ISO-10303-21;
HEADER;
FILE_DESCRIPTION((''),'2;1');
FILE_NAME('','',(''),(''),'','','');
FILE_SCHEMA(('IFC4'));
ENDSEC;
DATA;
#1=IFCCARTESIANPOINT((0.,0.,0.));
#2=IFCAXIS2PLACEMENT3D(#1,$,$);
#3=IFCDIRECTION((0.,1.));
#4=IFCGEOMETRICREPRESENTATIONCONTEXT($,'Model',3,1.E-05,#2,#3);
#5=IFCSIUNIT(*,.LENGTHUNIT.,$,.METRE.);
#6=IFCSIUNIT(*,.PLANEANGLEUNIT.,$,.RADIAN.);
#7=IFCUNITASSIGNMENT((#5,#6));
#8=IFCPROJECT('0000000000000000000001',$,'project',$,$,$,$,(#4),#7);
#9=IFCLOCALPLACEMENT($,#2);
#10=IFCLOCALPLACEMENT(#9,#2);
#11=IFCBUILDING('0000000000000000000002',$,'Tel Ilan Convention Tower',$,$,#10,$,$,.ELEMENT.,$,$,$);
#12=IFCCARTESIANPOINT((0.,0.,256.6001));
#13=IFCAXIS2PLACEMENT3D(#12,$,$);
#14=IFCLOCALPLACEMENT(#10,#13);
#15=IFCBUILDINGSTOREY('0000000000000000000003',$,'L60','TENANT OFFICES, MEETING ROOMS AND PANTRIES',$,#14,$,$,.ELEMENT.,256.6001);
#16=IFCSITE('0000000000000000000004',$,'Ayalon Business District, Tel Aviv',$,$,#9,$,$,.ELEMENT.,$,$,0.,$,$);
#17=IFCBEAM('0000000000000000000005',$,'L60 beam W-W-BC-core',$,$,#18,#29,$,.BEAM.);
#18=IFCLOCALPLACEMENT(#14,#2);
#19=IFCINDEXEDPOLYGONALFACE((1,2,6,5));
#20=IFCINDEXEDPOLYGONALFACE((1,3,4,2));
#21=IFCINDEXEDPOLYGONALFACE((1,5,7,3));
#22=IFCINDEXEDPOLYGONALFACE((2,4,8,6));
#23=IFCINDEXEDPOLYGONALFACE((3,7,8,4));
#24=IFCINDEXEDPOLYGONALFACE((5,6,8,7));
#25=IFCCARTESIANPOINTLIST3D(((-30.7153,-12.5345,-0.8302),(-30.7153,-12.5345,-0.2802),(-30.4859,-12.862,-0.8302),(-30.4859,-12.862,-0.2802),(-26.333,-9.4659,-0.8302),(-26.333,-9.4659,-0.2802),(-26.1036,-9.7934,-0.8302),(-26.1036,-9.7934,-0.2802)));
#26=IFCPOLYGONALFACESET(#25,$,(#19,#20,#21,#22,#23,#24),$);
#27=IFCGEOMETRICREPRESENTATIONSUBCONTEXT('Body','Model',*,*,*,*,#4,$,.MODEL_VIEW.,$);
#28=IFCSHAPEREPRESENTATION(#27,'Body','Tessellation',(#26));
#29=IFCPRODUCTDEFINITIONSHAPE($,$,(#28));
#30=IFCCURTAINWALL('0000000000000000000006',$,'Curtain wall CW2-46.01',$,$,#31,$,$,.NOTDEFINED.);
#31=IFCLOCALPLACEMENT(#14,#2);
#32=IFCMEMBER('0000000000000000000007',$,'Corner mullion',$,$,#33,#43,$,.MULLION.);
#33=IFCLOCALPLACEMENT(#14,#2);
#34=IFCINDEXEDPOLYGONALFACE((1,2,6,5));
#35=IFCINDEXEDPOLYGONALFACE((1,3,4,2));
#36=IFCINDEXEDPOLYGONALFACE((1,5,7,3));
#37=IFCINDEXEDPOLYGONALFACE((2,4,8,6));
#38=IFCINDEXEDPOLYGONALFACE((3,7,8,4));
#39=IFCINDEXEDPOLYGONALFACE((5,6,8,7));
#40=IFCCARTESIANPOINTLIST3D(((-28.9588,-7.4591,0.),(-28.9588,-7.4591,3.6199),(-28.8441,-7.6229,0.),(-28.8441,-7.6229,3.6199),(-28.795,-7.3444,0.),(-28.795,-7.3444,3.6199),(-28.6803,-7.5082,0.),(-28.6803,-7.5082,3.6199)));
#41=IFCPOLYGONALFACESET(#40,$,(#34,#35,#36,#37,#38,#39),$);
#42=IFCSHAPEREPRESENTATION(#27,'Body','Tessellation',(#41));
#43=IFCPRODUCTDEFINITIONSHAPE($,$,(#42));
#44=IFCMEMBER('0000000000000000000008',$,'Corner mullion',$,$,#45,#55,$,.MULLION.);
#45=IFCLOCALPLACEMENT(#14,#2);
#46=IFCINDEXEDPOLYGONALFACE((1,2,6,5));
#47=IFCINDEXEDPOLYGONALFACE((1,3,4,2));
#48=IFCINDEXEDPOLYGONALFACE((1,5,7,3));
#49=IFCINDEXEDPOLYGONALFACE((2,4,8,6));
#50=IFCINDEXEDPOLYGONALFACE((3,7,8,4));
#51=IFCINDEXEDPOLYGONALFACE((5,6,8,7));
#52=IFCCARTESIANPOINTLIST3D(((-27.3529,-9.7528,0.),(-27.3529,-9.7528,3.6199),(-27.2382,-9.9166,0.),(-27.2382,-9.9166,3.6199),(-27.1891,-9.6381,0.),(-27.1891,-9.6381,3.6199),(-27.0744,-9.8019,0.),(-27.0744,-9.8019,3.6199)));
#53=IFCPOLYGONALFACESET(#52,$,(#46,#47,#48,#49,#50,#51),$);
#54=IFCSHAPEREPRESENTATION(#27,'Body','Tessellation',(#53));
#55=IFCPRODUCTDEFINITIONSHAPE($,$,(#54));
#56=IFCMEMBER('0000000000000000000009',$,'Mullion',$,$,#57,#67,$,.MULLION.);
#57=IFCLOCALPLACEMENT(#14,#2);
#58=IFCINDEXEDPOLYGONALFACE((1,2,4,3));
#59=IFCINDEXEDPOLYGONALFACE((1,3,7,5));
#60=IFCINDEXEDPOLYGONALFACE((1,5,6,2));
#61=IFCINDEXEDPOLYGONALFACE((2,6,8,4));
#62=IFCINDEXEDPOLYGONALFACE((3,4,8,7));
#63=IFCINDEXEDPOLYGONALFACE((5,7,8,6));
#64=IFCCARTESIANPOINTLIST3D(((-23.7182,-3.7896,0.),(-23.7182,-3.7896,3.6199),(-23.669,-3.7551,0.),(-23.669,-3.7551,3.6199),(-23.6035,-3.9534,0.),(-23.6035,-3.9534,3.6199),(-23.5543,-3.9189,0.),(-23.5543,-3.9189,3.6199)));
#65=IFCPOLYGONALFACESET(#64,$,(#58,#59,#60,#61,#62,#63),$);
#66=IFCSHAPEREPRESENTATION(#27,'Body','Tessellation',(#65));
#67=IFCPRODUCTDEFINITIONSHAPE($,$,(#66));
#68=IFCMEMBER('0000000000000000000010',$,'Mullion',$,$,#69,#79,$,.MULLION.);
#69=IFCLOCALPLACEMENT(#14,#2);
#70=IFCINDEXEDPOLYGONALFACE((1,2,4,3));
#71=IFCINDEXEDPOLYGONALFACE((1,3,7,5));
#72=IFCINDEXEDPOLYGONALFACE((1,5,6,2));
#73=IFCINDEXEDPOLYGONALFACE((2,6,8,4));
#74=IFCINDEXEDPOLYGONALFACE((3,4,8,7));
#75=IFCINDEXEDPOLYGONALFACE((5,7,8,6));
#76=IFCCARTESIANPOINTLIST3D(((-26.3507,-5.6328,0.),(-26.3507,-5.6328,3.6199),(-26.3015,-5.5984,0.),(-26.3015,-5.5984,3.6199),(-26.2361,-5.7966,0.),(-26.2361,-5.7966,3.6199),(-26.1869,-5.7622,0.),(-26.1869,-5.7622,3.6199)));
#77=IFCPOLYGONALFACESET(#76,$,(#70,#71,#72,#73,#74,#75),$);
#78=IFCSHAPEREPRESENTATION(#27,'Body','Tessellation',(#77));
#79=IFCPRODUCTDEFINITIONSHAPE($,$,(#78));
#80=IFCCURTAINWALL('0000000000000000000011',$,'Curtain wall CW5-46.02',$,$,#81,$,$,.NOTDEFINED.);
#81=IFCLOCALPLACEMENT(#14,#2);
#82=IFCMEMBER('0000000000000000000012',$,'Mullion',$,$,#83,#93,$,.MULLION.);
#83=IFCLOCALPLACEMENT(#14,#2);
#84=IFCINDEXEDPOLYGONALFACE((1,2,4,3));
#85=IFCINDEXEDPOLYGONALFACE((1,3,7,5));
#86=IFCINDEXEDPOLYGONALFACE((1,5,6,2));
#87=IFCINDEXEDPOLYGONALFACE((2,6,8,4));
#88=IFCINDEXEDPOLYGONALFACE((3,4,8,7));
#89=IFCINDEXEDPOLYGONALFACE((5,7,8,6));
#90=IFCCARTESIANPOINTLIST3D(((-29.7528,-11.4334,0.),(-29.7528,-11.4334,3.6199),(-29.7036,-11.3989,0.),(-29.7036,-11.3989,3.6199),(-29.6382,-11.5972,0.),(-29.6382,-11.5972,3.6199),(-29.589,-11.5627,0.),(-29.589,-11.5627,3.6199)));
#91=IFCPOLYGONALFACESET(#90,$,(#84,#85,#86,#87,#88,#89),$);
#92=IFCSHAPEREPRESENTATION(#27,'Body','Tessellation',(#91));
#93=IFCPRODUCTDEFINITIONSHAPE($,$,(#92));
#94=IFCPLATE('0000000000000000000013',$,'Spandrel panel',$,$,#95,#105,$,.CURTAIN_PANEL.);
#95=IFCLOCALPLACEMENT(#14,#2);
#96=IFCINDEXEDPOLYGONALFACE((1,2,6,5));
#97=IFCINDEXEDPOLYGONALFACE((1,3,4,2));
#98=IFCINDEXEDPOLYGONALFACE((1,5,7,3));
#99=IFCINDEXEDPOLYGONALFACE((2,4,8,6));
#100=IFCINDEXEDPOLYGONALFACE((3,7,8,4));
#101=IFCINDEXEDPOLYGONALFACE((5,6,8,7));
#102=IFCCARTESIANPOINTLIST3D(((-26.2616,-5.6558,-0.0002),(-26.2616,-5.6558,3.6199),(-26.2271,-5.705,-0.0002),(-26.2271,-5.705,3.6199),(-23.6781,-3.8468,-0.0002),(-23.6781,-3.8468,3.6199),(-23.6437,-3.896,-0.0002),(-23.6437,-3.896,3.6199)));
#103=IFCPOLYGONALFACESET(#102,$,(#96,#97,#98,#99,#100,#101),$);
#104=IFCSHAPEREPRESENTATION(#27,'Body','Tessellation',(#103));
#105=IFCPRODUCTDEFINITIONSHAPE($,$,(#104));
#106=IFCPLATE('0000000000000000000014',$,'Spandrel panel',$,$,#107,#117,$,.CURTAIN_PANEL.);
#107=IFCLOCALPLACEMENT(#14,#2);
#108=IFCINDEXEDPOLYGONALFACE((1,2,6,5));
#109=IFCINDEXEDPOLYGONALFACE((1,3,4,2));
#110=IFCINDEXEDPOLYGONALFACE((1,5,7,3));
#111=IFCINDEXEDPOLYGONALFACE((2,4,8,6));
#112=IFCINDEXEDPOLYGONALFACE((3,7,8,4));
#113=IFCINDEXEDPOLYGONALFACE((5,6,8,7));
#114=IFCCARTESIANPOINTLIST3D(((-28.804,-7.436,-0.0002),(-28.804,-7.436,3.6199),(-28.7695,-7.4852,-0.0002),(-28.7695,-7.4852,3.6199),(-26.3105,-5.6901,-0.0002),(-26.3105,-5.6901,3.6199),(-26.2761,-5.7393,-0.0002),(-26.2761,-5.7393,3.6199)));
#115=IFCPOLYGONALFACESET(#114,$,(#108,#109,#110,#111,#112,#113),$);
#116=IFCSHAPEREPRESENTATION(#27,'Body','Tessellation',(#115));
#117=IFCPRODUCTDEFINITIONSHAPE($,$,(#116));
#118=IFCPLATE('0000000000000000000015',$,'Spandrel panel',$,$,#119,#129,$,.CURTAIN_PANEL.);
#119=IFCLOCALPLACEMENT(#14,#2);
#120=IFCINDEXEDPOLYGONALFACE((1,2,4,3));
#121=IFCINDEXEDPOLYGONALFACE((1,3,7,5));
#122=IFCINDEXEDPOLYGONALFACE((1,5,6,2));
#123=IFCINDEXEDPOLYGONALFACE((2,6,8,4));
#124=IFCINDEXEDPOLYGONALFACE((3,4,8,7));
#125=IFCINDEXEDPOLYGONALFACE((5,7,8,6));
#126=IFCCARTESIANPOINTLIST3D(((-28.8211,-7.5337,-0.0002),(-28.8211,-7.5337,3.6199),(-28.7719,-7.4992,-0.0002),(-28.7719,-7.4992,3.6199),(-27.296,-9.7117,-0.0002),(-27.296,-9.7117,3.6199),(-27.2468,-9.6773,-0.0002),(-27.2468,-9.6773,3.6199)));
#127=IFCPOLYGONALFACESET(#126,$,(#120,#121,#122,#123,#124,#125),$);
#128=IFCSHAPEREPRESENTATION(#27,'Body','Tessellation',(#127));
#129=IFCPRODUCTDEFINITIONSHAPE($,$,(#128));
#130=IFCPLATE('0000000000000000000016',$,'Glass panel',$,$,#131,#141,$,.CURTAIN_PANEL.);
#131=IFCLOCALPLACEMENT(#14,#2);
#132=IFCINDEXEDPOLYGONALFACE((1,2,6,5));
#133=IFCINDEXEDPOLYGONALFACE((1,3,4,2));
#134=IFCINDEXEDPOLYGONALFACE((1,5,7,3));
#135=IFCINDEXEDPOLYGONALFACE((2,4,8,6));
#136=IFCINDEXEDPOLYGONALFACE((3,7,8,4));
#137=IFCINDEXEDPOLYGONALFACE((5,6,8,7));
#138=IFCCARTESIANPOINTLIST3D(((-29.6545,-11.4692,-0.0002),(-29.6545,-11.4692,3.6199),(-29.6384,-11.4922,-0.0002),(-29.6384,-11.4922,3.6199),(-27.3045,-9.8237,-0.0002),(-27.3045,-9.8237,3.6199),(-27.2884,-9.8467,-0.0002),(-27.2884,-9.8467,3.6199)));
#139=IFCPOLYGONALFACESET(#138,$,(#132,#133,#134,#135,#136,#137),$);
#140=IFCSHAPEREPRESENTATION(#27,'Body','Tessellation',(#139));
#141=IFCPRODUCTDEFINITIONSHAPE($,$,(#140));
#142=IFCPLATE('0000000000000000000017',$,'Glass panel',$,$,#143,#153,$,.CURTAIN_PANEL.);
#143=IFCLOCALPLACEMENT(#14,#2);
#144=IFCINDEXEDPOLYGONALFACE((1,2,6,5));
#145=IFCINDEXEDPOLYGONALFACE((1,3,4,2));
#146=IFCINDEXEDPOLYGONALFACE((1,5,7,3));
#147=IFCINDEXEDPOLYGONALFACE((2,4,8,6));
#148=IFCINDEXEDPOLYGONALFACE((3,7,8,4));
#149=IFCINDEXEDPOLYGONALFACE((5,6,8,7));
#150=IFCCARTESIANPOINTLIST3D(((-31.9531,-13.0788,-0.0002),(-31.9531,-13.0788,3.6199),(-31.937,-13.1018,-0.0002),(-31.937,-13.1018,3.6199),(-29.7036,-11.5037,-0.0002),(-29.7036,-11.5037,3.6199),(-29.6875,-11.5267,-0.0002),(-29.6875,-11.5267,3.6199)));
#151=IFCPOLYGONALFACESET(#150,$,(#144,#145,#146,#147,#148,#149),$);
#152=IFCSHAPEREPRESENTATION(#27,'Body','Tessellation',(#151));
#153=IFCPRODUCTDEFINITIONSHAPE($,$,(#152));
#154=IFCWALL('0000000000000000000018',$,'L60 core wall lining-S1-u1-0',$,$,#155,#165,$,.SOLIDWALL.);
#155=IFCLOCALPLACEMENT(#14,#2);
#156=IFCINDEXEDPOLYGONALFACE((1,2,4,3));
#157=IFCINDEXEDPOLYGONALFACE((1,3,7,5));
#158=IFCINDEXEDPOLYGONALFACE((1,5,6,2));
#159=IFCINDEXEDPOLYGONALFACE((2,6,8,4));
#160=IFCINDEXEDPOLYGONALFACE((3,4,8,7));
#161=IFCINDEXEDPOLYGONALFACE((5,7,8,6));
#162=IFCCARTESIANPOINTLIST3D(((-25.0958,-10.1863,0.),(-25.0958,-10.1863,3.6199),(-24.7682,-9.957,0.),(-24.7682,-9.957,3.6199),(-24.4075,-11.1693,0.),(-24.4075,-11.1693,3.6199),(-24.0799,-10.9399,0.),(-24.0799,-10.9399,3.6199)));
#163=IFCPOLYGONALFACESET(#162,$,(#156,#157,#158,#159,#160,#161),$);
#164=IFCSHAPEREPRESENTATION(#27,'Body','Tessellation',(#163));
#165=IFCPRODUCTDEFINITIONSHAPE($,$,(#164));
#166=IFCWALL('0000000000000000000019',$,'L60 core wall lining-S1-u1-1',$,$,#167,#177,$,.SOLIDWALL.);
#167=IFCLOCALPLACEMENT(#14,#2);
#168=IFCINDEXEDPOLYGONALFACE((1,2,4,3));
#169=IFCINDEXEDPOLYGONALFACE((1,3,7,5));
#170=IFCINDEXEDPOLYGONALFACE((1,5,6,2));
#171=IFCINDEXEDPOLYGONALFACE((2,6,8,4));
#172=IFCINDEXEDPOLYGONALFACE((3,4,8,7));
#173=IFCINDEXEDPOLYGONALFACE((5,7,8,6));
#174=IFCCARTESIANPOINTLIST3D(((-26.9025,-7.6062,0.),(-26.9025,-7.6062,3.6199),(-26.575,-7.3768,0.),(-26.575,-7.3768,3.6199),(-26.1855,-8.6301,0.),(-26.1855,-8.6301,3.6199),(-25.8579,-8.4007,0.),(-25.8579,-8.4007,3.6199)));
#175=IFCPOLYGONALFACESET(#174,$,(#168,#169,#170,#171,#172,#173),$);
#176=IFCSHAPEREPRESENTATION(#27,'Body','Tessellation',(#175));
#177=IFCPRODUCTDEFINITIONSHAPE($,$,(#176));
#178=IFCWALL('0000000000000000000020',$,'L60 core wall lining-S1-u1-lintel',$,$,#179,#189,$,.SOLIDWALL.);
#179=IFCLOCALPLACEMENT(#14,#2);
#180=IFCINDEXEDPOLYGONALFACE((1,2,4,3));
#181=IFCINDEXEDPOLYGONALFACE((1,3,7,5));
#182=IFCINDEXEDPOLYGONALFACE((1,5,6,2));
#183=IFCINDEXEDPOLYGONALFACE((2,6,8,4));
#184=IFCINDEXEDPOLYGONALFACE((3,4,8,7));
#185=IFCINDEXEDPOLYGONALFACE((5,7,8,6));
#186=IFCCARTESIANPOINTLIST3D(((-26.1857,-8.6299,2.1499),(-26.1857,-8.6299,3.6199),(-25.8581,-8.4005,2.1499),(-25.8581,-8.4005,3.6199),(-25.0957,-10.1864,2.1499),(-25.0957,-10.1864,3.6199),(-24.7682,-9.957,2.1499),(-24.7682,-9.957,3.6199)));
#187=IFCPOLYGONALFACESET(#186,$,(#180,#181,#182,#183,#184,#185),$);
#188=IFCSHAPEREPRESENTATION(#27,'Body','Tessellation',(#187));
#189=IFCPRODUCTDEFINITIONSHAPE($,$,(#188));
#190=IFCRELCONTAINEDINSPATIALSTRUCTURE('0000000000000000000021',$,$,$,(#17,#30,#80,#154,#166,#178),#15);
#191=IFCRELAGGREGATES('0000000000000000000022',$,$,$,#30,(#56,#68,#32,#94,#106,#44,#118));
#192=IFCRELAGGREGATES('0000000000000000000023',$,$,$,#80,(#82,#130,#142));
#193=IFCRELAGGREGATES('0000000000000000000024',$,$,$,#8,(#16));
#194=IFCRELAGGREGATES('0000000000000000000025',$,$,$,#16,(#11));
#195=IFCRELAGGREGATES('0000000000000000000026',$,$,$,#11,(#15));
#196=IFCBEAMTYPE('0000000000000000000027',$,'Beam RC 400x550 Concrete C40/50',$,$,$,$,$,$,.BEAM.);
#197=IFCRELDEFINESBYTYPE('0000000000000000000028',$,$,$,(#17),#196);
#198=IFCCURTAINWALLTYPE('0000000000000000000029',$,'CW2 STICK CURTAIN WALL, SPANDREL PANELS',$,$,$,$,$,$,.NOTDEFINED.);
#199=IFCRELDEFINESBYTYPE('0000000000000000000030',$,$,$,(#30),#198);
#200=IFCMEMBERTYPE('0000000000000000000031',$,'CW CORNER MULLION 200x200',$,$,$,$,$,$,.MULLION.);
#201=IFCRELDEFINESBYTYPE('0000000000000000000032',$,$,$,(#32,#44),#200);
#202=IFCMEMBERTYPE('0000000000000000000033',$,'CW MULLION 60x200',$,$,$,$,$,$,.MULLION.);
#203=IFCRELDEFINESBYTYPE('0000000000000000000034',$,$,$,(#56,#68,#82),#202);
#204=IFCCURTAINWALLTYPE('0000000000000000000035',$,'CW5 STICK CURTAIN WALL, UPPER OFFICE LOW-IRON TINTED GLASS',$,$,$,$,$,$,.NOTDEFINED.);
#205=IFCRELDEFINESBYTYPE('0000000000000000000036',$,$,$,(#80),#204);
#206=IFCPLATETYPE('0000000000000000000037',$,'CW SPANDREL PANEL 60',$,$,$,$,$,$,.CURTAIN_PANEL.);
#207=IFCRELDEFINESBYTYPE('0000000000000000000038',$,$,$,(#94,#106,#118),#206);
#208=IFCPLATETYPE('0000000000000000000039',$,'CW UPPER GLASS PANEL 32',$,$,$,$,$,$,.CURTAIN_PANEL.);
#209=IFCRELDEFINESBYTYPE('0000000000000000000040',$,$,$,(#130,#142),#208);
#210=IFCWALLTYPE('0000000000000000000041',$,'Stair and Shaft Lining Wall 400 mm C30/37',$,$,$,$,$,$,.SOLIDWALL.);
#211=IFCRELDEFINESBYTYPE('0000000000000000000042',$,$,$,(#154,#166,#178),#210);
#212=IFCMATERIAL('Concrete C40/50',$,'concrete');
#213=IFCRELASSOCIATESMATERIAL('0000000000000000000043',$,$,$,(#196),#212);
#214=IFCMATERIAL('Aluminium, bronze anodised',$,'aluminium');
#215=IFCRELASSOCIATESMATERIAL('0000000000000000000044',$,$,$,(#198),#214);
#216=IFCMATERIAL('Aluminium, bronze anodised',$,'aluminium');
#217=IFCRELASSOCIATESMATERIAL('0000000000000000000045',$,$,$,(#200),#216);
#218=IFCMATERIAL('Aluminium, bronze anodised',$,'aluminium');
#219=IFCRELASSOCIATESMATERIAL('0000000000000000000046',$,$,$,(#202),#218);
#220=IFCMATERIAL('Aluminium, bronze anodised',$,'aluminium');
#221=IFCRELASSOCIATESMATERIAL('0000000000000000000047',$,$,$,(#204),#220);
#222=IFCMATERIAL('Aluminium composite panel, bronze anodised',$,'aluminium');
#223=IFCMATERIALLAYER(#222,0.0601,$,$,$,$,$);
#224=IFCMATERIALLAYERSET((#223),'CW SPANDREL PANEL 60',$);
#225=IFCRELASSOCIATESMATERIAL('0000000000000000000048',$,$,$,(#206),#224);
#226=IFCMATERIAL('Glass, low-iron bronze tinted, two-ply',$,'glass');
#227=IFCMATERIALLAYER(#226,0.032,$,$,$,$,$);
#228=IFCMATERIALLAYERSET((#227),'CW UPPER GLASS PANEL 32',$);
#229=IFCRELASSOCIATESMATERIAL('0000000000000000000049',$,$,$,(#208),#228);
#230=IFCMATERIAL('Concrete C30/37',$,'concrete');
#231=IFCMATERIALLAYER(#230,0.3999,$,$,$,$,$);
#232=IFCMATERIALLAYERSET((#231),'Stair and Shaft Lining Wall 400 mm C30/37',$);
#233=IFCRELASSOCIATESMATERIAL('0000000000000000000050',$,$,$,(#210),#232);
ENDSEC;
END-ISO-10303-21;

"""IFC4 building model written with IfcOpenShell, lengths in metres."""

from ifc_helpers import new_model, si_unit, direction, frame, frame_2d, origin, origin_2d, place, context, subcontext, project, spatial, rectangle, extrude, material, layer, layer_set, material_profile, profile_set, type_object, element, aggregate, save


model = new_model("IFC4")

# Units and contexts
model_context = context("Model", 3, precision=1e-05, world=origin(), true_north=direction((0.0, 1.0)))
body_context = subcontext(model_context, "Body", "Model", "MODEL_VIEW")
ifc_project = project(units=[si_unit("LENGTHUNIT", "METRE"), si_unit("PLANEANGLEUNIT", "RADIAN")], contexts=[model_context])

# Site, building, storey
site_placement = place(None, origin())
site = spatial("IfcSite", under=ifc_project, at=site_placement, Name="Ayalon Business District, Tel Aviv", CompositionType="ELEMENT", RefElevation=0.0)
building_placement = place(site_placement, origin())
building = spatial("IfcBuilding", under=site, at=building_placement, Name="Tel Ilan Convention Tower", CompositionType="ELEMENT")
storey_placement = place(building_placement, frame((0.0, 0.0, 256.6001)))
storey = spatial("IfcBuildingStorey", under=building, at=storey_placement, Name="L60", Description="TENANT OFFICES, MEETING ROOMS AND PANTRIES", CompositionType="ELEMENT", Elevation=256.6001)

# Beam
ifc_material_1 = material(Name="Concrete C40/50", Category="concrete")
ifc_material_profile_1 = material_profile(ifc_material_1, rectangle(XDim=0.3999, YDim=0.55, at=origin_2d()), Name="RC 400x550")
ifc_profile_set_1 = profile_set([ifc_material_profile_1], Name="Concrete C40/50")
beam_type = type_object("IfcBeamType", Name="Beam RC 400x550 Concrete C40/50", PredefinedType="BEAM", material=ifc_profile_set_1)
beam_placement = place(storey_placement, frame((-30.6006, -12.6982, -0.5552), z_axis=(0.819146, 0.573585, 0.0), x_axis=(-0.573585, 0.819146, 0.0)))
element("IfcBeam", 1, at=beam_placement, inside=storey, type_object=beam_type, Name="L60 beam W-W-BC-core", PredefinedType="BEAM", context=body_context, shape_type="SweptSolid", body=[
    extrude(rectangle(XDim=0.3999, YDim=0.55, at=origin_2d()), origin(), (0.0, 0.0, 1.0), 5.3499),
])

# Curtain wall, members
ifc_material_2 = material(Name="Aluminium, bronze anodised", Category="aluminium")
curtain_wall_type_1 = type_object("IfcCurtainWallType", Name="CW2 STICK CURTAIN WALL, SPANDREL PANELS", PredefinedType="NOTDEFINED", material=ifc_material_2)
curtain_wall_1_placement = place(storey_placement, origin())
curtain_wall_1 = element("IfcCurtainWall", 2, at=curtain_wall_1_placement, inside=storey, type_object=curtain_wall_type_1, Name="Curtain wall CW2-46.01", PredefinedType="NOTDEFINED")
ifc_material_3 = material(Name="Aluminium, bronze anodised", Category="aluminium")
ifc_material_profile_2 = material_profile(ifc_material_3, rectangle(XDim=0.2, YDim=0.2, at=origin_2d()), Name="CW CORNER MULLION 200x200")
ifc_profile_set_2 = profile_set([ifc_material_profile_2], Name="Aluminium, bronze anodised")
member_type_1 = type_object("IfcMemberType", Name="CW CORNER MULLION 200x200", PredefinedType="MULLION", material=ifc_profile_set_2)
member_1_placement = place(storey_placement, frame((-28.8196, -7.4836, 0.0), z_axis=(0.0, 0.0, 1.0), x_axis=(-0.819152, -0.573576, 0.0)))
member_1 = element("IfcMember", 3, at=member_1_placement, type_object=member_type_1, Name="Corner mullion", PredefinedType="MULLION", context=body_context, shape_type="SweptSolid", body=[
    extrude(rectangle(XDim=0.2, YDim=0.2, at=origin_2d()), origin(), (0.0, 0.0, 1.0), 3.6199),
])
member_2_placement = place(storey_placement, frame((-27.2136, -9.7773, 0.0), z_axis=(0.0, 0.0, 1.0), x_axis=(0.573576, -0.819152, 0.0)))
member_2 = element("IfcMember", 4, at=member_2_placement, type_object=member_type_1, Name="Corner mullion", PredefinedType="MULLION", context=body_context, shape_type="SweptSolid", body=[
    extrude(rectangle(XDim=0.2, YDim=0.2, at=origin_2d()), origin(), (0.0, 0.0, 1.0), 3.6199),
])
ifc_material_4 = material(Name="Aluminium, bronze anodised", Category="aluminium")
ifc_material_profile_3 = material_profile(ifc_material_4, rectangle(XDim=0.0601, YDim=0.2, at=origin_2d()), Name="CW MULLION 60x200")
ifc_profile_set_3 = profile_set([ifc_material_profile_3], Name="Aluminium, bronze anodised")
member_type_2 = type_object("IfcMemberType", Name="CW MULLION 60x200", PredefinedType="MULLION", material=ifc_profile_set_3)
member_3_placement = place(storey_placement, frame((-23.6362, -3.8542, 0.0), z_axis=(0.0, 0.0, 1.0), x_axis=(-0.819152, -0.573576, 0.0)))
member_3 = element("IfcMember", 5, at=member_3_placement, type_object=member_type_2, Name="Mullion", PredefinedType="MULLION", context=body_context, shape_type="SweptSolid", body=[
    extrude(rectangle(XDim=0.0601, YDim=0.2, at=origin_2d()), origin(), (0.0, 0.0, 1.0), 3.6199),
])
member_4_placement = place(storey_placement, frame((-26.2688, -5.6975, 0.0), z_axis=(0.0, 0.0, 1.0), x_axis=(-0.819152, -0.573576, 0.0)))
member_4 = element("IfcMember", 6, at=member_4_placement, type_object=member_type_2, Name="Mullion", PredefinedType="MULLION", context=body_context, shape_type="SweptSolid", body=[
    extrude(rectangle(XDim=0.0601, YDim=0.2, at=origin_2d()), origin(), (0.0, 0.0, 1.0), 3.6199),
])

# Curtain wall, member
ifc_material_5 = material(Name="Aluminium, bronze anodised", Category="aluminium")
curtain_wall_type_2 = type_object("IfcCurtainWallType", Name="CW5 STICK CURTAIN WALL, UPPER OFFICE LOW-IRON TINTED GLASS", PredefinedType="NOTDEFINED", material=ifc_material_5)
curtain_wall_2_placement = place(storey_placement, origin())
curtain_wall_2 = element("IfcCurtainWall", 7, at=curtain_wall_2_placement, inside=storey, type_object=curtain_wall_type_2, Name="Curtain wall CW5-46.02", PredefinedType="NOTDEFINED")
member_5_placement = place(storey_placement, frame((-29.6709, -11.498, 0.0), z_axis=(0.0, 0.0, 1.0), x_axis=(-0.819152, -0.573576, 0.0)))
member_5 = element("IfcMember", 8, at=member_5_placement, type_object=member_type_2, Name="Mullion", PredefinedType="MULLION", context=body_context, shape_type="SweptSolid", body=[
    extrude(rectangle(XDim=0.0601, YDim=0.2, at=origin_2d()), origin(), (0.0, 0.0, 1.0), 3.6199),
])

# Plates
ifc_material_6 = material(Name="Aluminium composite panel, bronze anodised", Category="aluminium")
ifc_layer_1 = layer(ifc_material_6, 0.0601)
ifc_layer_set_1 = layer_set([ifc_layer_1], Name="CW SPANDREL PANEL 60")
plate_type_1 = type_object("IfcPlateType", Name="CW SPANDREL PANEL 60", PredefinedType="CURTAIN_PANEL", material=ifc_layer_set_1)
plate_1_placement = place(storey_placement, frame((-24.9526, -4.7759, -0.0002), z_axis=(0.0, 0.0, 1.0), x_axis=(-0.819152, -0.573576, 0.0)))
plate_1 = element("IfcPlate", 9, at=plate_1_placement, type_object=plate_type_1, Name="Spandrel panel", PredefinedType="CURTAIN_PANEL", context=body_context, shape_type="SweptSolid", body=[
    extrude(rectangle(XDim=3.1538, YDim=0.0601, at=origin_2d()), origin(), (0.0, 0.0, 1.0), 3.6201),
])
plate_2_placement = place(storey_placement, frame((-27.54, -6.5876, -0.0002), z_axis=(0.0, 0.0, 1.0), x_axis=(-0.819152, -0.573576, 0.0)))
plate_2 = element("IfcPlate", 10, at=plate_2_placement, type_object=plate_type_1, Name="Spandrel panel", PredefinedType="CURTAIN_PANEL", context=body_context, shape_type="SweptSolid", body=[
    extrude(rectangle(XDim=3.0439, YDim=0.0601, at=origin_2d()), origin(), (0.0, 0.0, 1.0), 3.6201),
])
plate_3_placement = place(storey_placement, frame((-28.0339, -8.6055, -0.0002), z_axis=(0.0, 0.0, 1.0), x_axis=(0.573576, -0.819152, 0.0)))
plate_3 = element("IfcPlate", 11, at=plate_3_placement, type_object=plate_type_1, Name="Spandrel panel", PredefinedType="CURTAIN_PANEL", context=body_context, shape_type="SweptSolid", body=[
    extrude(rectangle(XDim=2.6589, YDim=0.0601, at=origin_2d()), origin(), (0.0, 0.0, 1.0), 3.6201),
])
aggregate(curtain_wall_1, [member_3, member_4, member_1, plate_1, plate_2, member_2, plate_3])
ifc_material_7 = material(Name="Glass, low-iron bronze tinted, two-ply", Category="glass")
ifc_layer_2 = layer(ifc_material_7, 0.032)
ifc_layer_set_2 = layer_set([ifc_layer_2], Name="CW UPPER GLASS PANEL 32")
plate_type_2 = type_object("IfcPlateType", Name="CW UPPER GLASS PANEL 32", PredefinedType="CURTAIN_PANEL", material=ifc_layer_set_2)
plate_4_placement = place(storey_placement, frame((-28.4714, -10.658, -0.0002), z_axis=(0.0, 0.0, 1.0), x_axis=(-0.819152, -0.573576, 0.0)))
plate_4 = element("IfcPlate", 12, at=plate_4_placement, type_object=plate_type_2, Name="Glass panel", PredefinedType="CURTAIN_PANEL", context=body_context, shape_type="SweptSolid", body=[
    extrude(rectangle(XDim=2.8689, YDim=0.0281, at=origin_2d()), origin(), (0.0, 0.0, 1.0), 3.6201),
])
plate_5_placement = place(storey_placement, frame((-30.8203, -12.3027, -0.0002), z_axis=(0.0, 0.0, 1.0), x_axis=(-0.819152, -0.573576, 0.0)))
plate_5 = element("IfcPlate", 13, at=plate_5_placement, type_object=plate_type_2, Name="Glass panel", PredefinedType="CURTAIN_PANEL", context=body_context, shape_type="SweptSolid", body=[
    extrude(rectangle(XDim=2.7461, YDim=0.0281, at=origin_2d()), origin(), (0.0, 0.0, 1.0), 3.6201),
])
aggregate(curtain_wall_2, [member_5, plate_4, plate_5])

# Walls
ifc_material_8 = material(Name="Concrete C30/37", Category="concrete")
ifc_layer_3 = layer(ifc_material_8, 0.3999)
ifc_layer_set_3 = layer_set([ifc_layer_3], Name="Stair and Shaft Lining Wall 400 mm C30/37")
wall_type = type_object("IfcWallType", Name="Stair and Shaft Lining Wall 400 mm C30/37", PredefinedType="SOLIDWALL", material=ifc_layer_set_3)
wall_1_placement = place(storey_placement, frame((-24.2437, -11.0547, 0.0), z_axis=(0.0, 0.0, 1.0), x_axis=(-0.573572, 0.819155, 0.0)))
element("IfcWall", 14, at=wall_1_placement, inside=storey, type_object=wall_type, Name="L60 core wall lining-S1-u1-0", PredefinedType="SOLIDWALL", context=body_context, shape_type="SweptSolid", body=[
    extrude(rectangle(XDim=1.2, YDim=0.3999, at=frame_2d((0.6001, 0.0))), origin(), (0.0, 0.0, 1.0), 3.6199),
])
wall_2_placement = place(storey_placement, frame((-26.0217, -8.5154, 0.0), z_axis=(0.0, 0.0, 1.0), x_axis=(-0.57362, 0.819122, 0.0)))
element("IfcWall", 15, at=wall_2_placement, inside=storey, type_object=wall_type, Name="L60 core wall lining-S1-u1-1", PredefinedType="SOLIDWALL", context=body_context, shape_type="SweptSolid", body=[
    extrude(rectangle(XDim=1.25, YDim=0.3999, at=frame_2d((0.625, 0.0))), origin(), (0.0, 0.0, 1.0), 3.6199),
])
wall_3_placement = place(storey_placement, frame((-24.9319, -10.0718, 2.1499), z_axis=(0.0, 0.0, 1.0), x_axis=(-0.573592, 0.819141, 0.0)))
element("IfcWall", 16, at=wall_3_placement, inside=storey, type_object=wall_type, Name="L60 core wall lining-S1-u1-lintel", PredefinedType="SOLIDWALL", context=body_context, shape_type="SweptSolid", body=[
    extrude(rectangle(XDim=1.9001, YDim=0.3999, at=frame_2d((0.9502, 0.0))), origin(), (0.0, 0.0, 1.0), 1.47),
])

save(model, "model.ifc")
